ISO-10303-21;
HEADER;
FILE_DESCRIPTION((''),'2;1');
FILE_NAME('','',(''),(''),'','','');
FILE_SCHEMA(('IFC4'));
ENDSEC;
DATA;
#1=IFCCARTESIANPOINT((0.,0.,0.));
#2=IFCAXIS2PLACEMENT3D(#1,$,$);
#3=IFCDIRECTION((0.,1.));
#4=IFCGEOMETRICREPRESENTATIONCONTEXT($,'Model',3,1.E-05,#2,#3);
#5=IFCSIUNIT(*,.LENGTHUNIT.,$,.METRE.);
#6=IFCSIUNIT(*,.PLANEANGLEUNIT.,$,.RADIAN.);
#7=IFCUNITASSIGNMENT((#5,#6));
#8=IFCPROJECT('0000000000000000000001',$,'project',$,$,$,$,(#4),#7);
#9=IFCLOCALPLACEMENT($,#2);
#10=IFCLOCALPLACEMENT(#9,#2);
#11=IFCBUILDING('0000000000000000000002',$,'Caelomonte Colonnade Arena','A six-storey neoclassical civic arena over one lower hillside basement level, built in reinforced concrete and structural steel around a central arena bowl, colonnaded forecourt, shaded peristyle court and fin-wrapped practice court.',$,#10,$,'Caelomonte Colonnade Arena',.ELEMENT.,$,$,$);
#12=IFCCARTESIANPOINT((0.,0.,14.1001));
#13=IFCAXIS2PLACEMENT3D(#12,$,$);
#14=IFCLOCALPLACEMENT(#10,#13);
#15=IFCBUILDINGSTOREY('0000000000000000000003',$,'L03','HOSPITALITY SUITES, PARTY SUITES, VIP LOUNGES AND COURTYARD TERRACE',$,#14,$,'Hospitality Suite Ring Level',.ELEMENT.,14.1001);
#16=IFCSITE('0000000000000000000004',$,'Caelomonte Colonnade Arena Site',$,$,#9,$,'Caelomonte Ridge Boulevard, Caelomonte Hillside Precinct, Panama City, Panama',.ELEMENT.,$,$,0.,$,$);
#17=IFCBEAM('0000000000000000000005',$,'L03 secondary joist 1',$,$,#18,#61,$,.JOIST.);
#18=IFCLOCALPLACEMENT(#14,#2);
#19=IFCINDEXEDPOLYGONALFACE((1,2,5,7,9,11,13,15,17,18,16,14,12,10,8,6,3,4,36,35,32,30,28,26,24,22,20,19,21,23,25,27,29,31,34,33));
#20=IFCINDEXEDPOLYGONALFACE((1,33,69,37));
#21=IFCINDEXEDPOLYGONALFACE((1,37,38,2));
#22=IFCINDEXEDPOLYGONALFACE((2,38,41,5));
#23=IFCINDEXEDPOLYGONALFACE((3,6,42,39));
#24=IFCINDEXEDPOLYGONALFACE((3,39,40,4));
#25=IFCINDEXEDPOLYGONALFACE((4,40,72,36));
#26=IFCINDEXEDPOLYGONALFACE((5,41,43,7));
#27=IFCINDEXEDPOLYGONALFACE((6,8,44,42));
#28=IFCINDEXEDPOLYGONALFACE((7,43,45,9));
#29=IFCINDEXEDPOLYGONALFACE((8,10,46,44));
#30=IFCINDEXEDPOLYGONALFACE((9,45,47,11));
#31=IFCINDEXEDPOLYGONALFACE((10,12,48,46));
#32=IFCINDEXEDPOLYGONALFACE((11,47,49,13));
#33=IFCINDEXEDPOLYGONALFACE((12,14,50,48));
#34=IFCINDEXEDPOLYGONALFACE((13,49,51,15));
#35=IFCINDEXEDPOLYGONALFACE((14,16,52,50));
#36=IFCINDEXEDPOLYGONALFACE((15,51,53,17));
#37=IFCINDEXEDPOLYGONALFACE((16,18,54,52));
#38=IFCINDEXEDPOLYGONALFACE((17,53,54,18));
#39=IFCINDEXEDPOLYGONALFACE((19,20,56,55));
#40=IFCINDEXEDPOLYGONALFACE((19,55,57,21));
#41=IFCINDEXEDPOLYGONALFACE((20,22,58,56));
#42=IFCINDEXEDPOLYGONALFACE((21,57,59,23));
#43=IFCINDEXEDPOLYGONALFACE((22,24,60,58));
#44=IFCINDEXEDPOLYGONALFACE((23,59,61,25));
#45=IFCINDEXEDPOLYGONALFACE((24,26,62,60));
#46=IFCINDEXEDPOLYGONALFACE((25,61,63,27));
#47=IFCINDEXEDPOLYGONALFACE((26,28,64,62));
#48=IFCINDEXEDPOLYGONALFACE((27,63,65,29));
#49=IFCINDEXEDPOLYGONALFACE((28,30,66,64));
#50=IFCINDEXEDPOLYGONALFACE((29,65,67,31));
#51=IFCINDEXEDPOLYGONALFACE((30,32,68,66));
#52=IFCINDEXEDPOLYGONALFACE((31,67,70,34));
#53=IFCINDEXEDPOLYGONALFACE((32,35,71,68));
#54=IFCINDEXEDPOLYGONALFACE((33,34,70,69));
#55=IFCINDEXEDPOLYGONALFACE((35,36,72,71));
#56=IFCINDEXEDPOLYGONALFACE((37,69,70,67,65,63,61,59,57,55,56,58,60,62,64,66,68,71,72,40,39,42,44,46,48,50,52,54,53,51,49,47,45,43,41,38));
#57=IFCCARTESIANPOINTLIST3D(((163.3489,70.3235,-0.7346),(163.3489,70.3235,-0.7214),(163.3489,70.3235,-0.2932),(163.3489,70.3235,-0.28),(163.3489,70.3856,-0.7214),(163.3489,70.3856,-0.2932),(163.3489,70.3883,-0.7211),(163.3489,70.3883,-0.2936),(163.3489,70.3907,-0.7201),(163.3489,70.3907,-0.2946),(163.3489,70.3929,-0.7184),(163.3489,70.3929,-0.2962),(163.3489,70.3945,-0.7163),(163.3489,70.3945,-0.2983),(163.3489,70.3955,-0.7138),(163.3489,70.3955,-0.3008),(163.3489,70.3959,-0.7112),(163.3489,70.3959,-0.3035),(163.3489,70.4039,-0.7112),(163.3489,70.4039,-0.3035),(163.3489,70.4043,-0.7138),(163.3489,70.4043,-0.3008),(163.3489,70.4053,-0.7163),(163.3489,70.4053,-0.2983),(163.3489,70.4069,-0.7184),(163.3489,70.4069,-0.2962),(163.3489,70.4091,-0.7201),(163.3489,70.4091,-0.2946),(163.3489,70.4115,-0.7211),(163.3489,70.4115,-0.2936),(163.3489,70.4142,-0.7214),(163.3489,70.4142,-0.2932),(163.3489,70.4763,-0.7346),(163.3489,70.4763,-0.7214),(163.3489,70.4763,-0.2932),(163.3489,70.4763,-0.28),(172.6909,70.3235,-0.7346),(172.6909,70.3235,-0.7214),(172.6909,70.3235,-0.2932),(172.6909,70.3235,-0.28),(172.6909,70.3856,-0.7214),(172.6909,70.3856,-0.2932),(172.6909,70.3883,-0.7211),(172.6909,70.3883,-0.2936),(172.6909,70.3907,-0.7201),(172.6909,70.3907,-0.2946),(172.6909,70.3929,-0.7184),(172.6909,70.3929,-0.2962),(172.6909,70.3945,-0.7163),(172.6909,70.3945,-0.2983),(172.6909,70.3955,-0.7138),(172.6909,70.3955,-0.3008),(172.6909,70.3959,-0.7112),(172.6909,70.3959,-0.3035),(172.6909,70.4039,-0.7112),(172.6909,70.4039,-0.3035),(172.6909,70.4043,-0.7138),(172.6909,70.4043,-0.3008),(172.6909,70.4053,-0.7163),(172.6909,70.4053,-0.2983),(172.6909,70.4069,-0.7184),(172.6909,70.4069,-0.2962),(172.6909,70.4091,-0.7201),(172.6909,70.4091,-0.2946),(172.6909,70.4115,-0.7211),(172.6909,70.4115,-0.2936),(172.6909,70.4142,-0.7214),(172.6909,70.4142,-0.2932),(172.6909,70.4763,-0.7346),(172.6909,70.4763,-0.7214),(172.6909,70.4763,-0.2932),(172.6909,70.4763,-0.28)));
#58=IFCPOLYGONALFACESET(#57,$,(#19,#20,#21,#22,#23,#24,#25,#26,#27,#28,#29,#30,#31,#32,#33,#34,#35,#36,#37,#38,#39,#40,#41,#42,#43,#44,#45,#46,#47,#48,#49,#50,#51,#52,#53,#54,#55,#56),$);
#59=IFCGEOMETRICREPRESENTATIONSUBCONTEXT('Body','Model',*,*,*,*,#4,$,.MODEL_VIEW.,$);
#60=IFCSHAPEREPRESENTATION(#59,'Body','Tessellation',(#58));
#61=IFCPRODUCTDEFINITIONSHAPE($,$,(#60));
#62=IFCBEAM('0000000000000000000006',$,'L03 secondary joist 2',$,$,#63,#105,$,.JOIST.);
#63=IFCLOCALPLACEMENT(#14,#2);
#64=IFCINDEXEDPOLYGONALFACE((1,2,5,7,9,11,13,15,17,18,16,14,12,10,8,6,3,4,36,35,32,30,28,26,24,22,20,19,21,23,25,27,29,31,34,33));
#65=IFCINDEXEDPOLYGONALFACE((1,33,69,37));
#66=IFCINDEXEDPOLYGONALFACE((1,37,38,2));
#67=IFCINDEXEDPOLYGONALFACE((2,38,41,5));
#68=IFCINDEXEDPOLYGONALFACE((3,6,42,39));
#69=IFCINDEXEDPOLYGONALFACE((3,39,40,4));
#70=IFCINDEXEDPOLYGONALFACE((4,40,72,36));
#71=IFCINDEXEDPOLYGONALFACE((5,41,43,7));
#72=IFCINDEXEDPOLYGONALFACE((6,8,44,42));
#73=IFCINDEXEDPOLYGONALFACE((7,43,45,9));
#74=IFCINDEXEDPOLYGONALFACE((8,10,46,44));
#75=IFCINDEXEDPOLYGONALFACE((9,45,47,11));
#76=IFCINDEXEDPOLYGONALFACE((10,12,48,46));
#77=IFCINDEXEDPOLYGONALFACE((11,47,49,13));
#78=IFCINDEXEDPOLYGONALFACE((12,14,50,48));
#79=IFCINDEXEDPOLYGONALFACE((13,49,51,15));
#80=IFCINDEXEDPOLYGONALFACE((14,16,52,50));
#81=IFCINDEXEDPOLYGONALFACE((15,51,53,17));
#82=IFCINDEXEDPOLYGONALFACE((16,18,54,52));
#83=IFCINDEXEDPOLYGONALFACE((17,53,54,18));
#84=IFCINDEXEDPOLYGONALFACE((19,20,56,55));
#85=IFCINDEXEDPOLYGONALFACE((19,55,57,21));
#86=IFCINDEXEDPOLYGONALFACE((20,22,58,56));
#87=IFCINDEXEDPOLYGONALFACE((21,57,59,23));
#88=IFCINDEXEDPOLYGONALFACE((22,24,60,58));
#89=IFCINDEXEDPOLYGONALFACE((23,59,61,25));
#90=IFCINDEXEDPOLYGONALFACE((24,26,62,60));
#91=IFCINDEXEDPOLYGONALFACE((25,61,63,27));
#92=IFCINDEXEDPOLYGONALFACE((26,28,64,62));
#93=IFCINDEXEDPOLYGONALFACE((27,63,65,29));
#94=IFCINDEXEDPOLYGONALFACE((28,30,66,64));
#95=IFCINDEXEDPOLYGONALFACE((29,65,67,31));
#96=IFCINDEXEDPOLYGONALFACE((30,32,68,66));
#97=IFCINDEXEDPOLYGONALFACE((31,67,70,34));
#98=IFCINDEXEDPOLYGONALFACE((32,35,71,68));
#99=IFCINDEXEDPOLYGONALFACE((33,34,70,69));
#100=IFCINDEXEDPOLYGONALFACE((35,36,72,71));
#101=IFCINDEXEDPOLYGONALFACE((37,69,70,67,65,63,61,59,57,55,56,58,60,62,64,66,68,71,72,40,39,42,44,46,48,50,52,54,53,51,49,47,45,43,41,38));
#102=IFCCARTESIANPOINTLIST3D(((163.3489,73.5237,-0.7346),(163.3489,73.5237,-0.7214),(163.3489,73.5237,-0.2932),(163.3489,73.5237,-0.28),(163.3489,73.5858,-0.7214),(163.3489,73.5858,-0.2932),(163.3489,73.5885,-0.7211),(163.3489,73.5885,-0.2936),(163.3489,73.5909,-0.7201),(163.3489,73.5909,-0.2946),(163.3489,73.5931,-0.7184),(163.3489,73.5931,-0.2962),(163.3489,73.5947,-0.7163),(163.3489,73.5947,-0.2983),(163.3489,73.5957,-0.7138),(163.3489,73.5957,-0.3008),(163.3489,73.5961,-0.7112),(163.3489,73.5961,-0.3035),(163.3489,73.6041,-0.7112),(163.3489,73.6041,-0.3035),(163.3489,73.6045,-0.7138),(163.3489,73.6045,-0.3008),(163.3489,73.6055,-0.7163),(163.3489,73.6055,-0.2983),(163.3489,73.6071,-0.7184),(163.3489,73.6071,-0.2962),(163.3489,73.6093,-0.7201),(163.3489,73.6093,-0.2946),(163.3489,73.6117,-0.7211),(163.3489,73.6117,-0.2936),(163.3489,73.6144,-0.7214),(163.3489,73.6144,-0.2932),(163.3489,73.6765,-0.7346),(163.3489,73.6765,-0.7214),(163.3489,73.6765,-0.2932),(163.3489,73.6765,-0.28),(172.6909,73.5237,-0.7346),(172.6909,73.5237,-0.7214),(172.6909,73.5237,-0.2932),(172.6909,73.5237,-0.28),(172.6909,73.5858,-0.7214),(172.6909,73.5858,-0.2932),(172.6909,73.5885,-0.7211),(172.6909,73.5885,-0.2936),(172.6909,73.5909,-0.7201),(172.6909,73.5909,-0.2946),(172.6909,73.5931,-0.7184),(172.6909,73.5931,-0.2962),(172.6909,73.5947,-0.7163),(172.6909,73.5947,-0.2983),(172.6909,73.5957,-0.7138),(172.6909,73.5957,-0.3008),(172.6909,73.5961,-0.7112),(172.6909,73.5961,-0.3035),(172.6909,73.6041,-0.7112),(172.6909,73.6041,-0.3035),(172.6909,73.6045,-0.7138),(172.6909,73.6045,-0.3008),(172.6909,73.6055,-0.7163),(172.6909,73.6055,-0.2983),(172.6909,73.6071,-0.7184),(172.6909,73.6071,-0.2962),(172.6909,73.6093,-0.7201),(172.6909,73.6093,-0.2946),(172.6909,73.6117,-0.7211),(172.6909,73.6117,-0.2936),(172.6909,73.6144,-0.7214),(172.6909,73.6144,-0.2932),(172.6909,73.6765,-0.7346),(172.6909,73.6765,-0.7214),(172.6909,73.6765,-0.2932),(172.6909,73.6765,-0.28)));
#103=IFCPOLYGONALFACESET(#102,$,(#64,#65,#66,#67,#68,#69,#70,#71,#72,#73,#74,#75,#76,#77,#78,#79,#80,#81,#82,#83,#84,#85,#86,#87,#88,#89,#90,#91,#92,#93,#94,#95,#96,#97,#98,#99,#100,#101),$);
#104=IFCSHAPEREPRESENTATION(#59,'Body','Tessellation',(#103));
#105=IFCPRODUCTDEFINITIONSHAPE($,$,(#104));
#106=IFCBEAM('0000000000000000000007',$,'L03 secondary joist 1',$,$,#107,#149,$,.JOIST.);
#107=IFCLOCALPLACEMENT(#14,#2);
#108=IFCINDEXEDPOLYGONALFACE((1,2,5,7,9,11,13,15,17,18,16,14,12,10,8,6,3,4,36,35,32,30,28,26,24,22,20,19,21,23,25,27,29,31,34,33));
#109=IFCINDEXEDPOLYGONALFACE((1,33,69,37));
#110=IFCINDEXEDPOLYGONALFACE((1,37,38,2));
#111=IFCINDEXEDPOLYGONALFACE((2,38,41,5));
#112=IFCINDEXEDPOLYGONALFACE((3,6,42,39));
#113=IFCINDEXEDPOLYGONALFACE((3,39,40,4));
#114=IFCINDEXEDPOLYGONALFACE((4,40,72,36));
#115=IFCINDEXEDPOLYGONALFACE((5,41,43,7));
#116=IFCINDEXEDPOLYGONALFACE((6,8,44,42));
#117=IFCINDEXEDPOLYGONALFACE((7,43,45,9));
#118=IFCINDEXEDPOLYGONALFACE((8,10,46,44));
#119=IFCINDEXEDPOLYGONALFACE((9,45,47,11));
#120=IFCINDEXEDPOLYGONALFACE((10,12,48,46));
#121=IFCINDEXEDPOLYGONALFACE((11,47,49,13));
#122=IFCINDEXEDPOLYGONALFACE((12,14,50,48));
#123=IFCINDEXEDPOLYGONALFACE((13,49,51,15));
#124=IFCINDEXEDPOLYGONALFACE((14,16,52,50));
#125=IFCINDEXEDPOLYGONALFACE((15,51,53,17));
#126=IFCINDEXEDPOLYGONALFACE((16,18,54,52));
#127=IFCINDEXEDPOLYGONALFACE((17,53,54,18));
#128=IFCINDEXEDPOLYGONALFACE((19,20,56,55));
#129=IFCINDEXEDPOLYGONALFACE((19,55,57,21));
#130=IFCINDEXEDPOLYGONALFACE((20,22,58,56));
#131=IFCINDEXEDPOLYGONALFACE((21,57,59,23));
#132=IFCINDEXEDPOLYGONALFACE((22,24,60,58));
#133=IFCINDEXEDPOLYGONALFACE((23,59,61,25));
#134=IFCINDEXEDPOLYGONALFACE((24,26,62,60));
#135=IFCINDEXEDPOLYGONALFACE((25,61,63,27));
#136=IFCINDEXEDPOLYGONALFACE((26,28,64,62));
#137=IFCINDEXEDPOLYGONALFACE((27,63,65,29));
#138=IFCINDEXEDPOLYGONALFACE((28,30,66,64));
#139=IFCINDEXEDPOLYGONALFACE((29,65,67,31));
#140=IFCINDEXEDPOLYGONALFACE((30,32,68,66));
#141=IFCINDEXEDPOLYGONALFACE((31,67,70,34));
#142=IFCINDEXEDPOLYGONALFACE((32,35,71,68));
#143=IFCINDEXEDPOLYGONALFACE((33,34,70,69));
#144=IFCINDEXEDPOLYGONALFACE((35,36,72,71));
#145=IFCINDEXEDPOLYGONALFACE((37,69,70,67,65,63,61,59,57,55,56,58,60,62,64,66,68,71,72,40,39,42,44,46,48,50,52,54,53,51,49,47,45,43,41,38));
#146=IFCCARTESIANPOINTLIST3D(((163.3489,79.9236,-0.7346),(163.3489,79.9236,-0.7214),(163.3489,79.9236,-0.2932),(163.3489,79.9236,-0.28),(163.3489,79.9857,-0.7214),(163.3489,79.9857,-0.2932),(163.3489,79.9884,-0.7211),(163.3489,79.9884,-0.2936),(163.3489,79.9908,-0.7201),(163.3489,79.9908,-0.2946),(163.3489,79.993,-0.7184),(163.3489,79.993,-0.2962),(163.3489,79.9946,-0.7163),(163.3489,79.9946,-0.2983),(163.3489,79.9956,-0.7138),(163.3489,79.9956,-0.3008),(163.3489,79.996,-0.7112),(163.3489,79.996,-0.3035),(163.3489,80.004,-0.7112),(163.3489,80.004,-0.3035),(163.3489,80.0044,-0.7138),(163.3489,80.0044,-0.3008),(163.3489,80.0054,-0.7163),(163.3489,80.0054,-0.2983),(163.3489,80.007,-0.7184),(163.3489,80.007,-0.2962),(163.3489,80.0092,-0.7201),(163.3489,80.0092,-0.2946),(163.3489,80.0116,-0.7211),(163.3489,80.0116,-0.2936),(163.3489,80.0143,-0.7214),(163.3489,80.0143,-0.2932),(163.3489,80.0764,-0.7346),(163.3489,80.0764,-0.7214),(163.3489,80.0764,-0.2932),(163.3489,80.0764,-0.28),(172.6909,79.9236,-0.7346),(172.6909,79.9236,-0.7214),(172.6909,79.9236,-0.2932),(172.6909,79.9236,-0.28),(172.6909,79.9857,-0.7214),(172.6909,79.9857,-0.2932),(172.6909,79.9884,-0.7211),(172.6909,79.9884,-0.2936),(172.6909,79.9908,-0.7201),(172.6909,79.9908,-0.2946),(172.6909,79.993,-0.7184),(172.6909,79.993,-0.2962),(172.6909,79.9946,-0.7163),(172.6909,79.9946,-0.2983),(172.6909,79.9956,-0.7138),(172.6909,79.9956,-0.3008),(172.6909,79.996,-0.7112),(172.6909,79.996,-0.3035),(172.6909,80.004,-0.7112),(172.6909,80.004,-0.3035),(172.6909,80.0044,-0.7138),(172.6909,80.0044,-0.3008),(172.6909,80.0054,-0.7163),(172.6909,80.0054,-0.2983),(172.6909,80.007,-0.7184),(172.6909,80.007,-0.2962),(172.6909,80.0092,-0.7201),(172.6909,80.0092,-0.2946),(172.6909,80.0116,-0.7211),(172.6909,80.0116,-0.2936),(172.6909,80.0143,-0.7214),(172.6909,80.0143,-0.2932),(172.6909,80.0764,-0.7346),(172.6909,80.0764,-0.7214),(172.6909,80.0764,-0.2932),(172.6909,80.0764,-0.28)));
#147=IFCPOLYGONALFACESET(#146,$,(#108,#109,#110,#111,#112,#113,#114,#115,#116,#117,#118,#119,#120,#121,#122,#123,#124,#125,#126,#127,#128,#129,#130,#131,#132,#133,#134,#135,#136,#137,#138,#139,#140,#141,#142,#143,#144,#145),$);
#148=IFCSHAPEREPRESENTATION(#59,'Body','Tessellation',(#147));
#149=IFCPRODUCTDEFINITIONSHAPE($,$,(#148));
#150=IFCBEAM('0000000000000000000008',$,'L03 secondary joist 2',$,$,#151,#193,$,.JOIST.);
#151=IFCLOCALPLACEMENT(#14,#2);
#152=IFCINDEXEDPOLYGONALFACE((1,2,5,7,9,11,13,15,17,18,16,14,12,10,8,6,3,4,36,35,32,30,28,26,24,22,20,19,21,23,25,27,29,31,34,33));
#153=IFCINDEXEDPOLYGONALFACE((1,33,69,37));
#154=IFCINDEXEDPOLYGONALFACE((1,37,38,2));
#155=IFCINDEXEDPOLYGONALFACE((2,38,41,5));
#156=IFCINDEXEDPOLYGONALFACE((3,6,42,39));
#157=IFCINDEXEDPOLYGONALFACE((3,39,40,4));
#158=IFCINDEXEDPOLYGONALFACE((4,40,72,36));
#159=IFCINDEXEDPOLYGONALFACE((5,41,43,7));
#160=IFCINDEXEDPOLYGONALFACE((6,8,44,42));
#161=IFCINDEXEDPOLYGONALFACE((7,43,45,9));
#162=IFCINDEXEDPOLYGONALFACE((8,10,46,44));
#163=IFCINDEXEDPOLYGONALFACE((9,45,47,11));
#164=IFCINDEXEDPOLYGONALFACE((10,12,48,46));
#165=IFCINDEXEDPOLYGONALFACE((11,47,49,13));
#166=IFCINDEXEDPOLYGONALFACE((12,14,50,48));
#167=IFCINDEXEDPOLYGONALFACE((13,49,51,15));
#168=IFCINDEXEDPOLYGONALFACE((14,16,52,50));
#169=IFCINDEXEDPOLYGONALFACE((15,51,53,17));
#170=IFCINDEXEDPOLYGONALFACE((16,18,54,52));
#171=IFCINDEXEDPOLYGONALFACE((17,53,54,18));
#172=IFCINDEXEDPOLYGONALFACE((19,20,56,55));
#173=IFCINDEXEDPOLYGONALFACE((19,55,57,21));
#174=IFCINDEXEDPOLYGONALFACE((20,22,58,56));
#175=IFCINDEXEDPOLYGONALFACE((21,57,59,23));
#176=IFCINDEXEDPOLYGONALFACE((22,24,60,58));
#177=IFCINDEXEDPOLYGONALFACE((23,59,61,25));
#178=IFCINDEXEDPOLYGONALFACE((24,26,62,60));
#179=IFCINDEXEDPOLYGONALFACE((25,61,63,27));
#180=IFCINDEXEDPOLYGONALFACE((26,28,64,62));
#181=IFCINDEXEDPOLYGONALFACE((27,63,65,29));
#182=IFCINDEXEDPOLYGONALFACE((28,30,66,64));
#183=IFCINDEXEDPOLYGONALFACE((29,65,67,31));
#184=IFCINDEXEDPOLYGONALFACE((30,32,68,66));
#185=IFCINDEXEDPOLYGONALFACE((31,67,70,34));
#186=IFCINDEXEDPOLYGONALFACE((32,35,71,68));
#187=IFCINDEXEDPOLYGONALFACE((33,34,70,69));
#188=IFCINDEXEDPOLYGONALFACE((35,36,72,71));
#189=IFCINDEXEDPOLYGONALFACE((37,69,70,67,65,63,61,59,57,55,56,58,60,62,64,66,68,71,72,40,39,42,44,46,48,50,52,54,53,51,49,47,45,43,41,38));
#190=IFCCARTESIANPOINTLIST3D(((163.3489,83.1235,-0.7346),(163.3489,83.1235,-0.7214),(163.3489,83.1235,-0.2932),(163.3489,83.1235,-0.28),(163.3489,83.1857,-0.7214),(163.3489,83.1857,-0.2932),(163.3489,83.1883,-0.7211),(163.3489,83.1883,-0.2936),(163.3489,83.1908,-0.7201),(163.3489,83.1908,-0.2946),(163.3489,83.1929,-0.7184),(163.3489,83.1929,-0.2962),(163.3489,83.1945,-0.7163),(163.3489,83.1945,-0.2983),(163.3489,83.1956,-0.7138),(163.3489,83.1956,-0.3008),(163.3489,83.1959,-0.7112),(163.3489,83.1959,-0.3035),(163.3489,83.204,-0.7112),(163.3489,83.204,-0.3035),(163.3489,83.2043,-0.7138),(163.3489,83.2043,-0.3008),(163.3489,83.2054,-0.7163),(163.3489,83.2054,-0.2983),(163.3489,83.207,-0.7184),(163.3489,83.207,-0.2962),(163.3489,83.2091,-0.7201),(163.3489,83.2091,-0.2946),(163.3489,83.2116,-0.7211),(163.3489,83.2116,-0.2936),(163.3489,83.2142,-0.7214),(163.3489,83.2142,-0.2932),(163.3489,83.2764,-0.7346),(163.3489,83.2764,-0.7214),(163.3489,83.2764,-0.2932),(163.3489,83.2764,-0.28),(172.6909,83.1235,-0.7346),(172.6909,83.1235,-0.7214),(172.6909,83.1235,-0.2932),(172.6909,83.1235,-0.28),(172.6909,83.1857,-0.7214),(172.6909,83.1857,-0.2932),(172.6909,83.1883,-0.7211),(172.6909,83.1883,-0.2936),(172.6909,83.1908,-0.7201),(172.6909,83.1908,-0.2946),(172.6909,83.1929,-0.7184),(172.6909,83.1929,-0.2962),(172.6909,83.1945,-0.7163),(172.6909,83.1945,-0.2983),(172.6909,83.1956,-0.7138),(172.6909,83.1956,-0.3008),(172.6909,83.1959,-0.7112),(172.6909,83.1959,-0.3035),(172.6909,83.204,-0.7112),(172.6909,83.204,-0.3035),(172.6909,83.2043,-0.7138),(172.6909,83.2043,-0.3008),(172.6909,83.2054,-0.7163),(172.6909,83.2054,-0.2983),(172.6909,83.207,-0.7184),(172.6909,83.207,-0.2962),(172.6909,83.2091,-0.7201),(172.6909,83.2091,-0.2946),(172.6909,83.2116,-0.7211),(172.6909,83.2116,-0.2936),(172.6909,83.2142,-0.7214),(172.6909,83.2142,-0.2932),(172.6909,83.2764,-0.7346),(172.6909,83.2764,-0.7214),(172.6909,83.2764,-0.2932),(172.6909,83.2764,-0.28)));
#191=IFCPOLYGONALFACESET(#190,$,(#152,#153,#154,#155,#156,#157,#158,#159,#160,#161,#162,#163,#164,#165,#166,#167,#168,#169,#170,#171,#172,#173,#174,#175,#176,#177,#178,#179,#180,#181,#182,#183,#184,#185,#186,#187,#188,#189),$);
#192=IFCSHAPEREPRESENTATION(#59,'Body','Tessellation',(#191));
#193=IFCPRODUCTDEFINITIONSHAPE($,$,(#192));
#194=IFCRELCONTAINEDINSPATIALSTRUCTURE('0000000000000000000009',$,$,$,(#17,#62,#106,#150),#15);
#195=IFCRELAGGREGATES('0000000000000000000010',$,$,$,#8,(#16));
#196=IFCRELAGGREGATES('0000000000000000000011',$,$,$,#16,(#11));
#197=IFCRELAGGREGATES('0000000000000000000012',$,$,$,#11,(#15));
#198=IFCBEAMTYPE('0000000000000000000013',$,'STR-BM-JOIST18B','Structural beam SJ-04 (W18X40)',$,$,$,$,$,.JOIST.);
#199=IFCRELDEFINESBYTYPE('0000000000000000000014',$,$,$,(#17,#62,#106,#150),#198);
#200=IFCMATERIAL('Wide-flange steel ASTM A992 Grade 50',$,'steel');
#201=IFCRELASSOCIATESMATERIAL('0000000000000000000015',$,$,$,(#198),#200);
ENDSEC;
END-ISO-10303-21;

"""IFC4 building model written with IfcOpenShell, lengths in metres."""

from ifc_helpers import new_model, si_unit, direction, frame, origin, origin_2d, place, context, subcontext, project, spatial, i_section, extrude, material, material_profile, profile_set, type_object, element, save


model = new_model("IFC4")

# Units and contexts
model_context = context("Model", 3, precision=1e-05, world=origin(), true_north=direction((0.0, 1.0)))
body_context = subcontext(model_context, "Body", "Model", "MODEL_VIEW")
ifc_project = project(units=[si_unit("LENGTHUNIT", "METRE"), si_unit("PLANEANGLEUNIT", "RADIAN")], contexts=[model_context])

# Site, building, storey
site_placement = place(None, origin())
site = spatial("IfcSite", under=ifc_project, at=site_placement, Name="Caelomonte Colonnade Arena Site", LongName="Caelomonte Ridge Boulevard, Caelomonte Hillside Precinct, Panama City, Panama", CompositionType="ELEMENT", RefElevation=0.0)
building_placement = place(site_placement, origin())
building = spatial("IfcBuilding", under=site, at=building_placement, Name="Caelomonte Colonnade Arena", Description="A six-storey neoclassical civic arena over one lower hillside basement level, built in reinforced concrete and structural steel around a central arena bowl, colonnaded forecourt, shaded peristyle court and fin-wrapped practice court.", LongName="Caelomonte Colonnade Arena", CompositionType="ELEMENT")
storey_placement = place(building_placement, frame((0.0, 0.0, 14.1001)))
storey = spatial("IfcBuildingStorey", under=building, at=storey_placement, Name="L03", Description="HOSPITALITY SUITES, PARTY SUITES, VIP LOUNGES AND COURTYARD TERRACE", LongName="Hospitality Suite Ring Level", CompositionType="ELEMENT", Elevation=14.1001)

# Shared definitions
ifc_material_1 = material(Name="Wide-flange steel ASTM A992 Grade 50", Category="steel")

# Beams
ifc_material_profile_1 = material_profile(ifc_material_1, i_section(OverallWidth=0.1528, OverallDepth=0.4546, WebThickness=0.0081, FlangeThickness=0.0132, FilletRadius=0.0103, at=origin_2d()), Name="W18X40")
ifc_profile_set_1 = profile_set([ifc_material_profile_1], Name="Wide-flange steel ASTM A992 Grade 50")
beam_type_1 = type_object("IfcBeamType", Name="STR-BM-JOIST18B", Description="Structural beam SJ-04 (W18X40)", PredefinedType="JOIST", material=ifc_profile_set_1)
for number, where, z_axis, x_axis, name in (
    (1, (163.3489, 70.3999, -0.5073), (1.0, 0.0, 0.0), (0.0, 1.0, 0.0), "L03 secondary joist 1"),
    (2, (163.3489, 73.6001, -0.5073), (1.0, 0.0, 0.0), (0.0, 1.0, 0.0), "L03 secondary joist 2"),
    (3, (163.3489, 80.0, -0.5073), (1.0, 0.0, 0.0), (0.0, 1.0, 0.0), "L03 secondary joist 1"),
    (4, (163.3489, 83.2, -0.5073), (1.0, 0.0, 0.0), (0.0, 1.0, 0.0), "L03 secondary joist 2"),
):
    element("IfcBeam", number, at=place(storey_placement, frame(where, z_axis=z_axis, x_axis=x_axis)), inside=storey, type_object=beam_type_1, Name=name, PredefinedType="JOIST", context=body_context, shape_type="SweptSolid", body=[
        extrude(i_section(OverallWidth=0.1528, OverallDepth=0.4546, WebThickness=0.0081, FlangeThickness=0.0132, FilletRadius=0.0103, at=origin_2d()), origin(), (0.0, 0.0, 1.0), 9.342),
    ])

save(model, "model.ifc")
